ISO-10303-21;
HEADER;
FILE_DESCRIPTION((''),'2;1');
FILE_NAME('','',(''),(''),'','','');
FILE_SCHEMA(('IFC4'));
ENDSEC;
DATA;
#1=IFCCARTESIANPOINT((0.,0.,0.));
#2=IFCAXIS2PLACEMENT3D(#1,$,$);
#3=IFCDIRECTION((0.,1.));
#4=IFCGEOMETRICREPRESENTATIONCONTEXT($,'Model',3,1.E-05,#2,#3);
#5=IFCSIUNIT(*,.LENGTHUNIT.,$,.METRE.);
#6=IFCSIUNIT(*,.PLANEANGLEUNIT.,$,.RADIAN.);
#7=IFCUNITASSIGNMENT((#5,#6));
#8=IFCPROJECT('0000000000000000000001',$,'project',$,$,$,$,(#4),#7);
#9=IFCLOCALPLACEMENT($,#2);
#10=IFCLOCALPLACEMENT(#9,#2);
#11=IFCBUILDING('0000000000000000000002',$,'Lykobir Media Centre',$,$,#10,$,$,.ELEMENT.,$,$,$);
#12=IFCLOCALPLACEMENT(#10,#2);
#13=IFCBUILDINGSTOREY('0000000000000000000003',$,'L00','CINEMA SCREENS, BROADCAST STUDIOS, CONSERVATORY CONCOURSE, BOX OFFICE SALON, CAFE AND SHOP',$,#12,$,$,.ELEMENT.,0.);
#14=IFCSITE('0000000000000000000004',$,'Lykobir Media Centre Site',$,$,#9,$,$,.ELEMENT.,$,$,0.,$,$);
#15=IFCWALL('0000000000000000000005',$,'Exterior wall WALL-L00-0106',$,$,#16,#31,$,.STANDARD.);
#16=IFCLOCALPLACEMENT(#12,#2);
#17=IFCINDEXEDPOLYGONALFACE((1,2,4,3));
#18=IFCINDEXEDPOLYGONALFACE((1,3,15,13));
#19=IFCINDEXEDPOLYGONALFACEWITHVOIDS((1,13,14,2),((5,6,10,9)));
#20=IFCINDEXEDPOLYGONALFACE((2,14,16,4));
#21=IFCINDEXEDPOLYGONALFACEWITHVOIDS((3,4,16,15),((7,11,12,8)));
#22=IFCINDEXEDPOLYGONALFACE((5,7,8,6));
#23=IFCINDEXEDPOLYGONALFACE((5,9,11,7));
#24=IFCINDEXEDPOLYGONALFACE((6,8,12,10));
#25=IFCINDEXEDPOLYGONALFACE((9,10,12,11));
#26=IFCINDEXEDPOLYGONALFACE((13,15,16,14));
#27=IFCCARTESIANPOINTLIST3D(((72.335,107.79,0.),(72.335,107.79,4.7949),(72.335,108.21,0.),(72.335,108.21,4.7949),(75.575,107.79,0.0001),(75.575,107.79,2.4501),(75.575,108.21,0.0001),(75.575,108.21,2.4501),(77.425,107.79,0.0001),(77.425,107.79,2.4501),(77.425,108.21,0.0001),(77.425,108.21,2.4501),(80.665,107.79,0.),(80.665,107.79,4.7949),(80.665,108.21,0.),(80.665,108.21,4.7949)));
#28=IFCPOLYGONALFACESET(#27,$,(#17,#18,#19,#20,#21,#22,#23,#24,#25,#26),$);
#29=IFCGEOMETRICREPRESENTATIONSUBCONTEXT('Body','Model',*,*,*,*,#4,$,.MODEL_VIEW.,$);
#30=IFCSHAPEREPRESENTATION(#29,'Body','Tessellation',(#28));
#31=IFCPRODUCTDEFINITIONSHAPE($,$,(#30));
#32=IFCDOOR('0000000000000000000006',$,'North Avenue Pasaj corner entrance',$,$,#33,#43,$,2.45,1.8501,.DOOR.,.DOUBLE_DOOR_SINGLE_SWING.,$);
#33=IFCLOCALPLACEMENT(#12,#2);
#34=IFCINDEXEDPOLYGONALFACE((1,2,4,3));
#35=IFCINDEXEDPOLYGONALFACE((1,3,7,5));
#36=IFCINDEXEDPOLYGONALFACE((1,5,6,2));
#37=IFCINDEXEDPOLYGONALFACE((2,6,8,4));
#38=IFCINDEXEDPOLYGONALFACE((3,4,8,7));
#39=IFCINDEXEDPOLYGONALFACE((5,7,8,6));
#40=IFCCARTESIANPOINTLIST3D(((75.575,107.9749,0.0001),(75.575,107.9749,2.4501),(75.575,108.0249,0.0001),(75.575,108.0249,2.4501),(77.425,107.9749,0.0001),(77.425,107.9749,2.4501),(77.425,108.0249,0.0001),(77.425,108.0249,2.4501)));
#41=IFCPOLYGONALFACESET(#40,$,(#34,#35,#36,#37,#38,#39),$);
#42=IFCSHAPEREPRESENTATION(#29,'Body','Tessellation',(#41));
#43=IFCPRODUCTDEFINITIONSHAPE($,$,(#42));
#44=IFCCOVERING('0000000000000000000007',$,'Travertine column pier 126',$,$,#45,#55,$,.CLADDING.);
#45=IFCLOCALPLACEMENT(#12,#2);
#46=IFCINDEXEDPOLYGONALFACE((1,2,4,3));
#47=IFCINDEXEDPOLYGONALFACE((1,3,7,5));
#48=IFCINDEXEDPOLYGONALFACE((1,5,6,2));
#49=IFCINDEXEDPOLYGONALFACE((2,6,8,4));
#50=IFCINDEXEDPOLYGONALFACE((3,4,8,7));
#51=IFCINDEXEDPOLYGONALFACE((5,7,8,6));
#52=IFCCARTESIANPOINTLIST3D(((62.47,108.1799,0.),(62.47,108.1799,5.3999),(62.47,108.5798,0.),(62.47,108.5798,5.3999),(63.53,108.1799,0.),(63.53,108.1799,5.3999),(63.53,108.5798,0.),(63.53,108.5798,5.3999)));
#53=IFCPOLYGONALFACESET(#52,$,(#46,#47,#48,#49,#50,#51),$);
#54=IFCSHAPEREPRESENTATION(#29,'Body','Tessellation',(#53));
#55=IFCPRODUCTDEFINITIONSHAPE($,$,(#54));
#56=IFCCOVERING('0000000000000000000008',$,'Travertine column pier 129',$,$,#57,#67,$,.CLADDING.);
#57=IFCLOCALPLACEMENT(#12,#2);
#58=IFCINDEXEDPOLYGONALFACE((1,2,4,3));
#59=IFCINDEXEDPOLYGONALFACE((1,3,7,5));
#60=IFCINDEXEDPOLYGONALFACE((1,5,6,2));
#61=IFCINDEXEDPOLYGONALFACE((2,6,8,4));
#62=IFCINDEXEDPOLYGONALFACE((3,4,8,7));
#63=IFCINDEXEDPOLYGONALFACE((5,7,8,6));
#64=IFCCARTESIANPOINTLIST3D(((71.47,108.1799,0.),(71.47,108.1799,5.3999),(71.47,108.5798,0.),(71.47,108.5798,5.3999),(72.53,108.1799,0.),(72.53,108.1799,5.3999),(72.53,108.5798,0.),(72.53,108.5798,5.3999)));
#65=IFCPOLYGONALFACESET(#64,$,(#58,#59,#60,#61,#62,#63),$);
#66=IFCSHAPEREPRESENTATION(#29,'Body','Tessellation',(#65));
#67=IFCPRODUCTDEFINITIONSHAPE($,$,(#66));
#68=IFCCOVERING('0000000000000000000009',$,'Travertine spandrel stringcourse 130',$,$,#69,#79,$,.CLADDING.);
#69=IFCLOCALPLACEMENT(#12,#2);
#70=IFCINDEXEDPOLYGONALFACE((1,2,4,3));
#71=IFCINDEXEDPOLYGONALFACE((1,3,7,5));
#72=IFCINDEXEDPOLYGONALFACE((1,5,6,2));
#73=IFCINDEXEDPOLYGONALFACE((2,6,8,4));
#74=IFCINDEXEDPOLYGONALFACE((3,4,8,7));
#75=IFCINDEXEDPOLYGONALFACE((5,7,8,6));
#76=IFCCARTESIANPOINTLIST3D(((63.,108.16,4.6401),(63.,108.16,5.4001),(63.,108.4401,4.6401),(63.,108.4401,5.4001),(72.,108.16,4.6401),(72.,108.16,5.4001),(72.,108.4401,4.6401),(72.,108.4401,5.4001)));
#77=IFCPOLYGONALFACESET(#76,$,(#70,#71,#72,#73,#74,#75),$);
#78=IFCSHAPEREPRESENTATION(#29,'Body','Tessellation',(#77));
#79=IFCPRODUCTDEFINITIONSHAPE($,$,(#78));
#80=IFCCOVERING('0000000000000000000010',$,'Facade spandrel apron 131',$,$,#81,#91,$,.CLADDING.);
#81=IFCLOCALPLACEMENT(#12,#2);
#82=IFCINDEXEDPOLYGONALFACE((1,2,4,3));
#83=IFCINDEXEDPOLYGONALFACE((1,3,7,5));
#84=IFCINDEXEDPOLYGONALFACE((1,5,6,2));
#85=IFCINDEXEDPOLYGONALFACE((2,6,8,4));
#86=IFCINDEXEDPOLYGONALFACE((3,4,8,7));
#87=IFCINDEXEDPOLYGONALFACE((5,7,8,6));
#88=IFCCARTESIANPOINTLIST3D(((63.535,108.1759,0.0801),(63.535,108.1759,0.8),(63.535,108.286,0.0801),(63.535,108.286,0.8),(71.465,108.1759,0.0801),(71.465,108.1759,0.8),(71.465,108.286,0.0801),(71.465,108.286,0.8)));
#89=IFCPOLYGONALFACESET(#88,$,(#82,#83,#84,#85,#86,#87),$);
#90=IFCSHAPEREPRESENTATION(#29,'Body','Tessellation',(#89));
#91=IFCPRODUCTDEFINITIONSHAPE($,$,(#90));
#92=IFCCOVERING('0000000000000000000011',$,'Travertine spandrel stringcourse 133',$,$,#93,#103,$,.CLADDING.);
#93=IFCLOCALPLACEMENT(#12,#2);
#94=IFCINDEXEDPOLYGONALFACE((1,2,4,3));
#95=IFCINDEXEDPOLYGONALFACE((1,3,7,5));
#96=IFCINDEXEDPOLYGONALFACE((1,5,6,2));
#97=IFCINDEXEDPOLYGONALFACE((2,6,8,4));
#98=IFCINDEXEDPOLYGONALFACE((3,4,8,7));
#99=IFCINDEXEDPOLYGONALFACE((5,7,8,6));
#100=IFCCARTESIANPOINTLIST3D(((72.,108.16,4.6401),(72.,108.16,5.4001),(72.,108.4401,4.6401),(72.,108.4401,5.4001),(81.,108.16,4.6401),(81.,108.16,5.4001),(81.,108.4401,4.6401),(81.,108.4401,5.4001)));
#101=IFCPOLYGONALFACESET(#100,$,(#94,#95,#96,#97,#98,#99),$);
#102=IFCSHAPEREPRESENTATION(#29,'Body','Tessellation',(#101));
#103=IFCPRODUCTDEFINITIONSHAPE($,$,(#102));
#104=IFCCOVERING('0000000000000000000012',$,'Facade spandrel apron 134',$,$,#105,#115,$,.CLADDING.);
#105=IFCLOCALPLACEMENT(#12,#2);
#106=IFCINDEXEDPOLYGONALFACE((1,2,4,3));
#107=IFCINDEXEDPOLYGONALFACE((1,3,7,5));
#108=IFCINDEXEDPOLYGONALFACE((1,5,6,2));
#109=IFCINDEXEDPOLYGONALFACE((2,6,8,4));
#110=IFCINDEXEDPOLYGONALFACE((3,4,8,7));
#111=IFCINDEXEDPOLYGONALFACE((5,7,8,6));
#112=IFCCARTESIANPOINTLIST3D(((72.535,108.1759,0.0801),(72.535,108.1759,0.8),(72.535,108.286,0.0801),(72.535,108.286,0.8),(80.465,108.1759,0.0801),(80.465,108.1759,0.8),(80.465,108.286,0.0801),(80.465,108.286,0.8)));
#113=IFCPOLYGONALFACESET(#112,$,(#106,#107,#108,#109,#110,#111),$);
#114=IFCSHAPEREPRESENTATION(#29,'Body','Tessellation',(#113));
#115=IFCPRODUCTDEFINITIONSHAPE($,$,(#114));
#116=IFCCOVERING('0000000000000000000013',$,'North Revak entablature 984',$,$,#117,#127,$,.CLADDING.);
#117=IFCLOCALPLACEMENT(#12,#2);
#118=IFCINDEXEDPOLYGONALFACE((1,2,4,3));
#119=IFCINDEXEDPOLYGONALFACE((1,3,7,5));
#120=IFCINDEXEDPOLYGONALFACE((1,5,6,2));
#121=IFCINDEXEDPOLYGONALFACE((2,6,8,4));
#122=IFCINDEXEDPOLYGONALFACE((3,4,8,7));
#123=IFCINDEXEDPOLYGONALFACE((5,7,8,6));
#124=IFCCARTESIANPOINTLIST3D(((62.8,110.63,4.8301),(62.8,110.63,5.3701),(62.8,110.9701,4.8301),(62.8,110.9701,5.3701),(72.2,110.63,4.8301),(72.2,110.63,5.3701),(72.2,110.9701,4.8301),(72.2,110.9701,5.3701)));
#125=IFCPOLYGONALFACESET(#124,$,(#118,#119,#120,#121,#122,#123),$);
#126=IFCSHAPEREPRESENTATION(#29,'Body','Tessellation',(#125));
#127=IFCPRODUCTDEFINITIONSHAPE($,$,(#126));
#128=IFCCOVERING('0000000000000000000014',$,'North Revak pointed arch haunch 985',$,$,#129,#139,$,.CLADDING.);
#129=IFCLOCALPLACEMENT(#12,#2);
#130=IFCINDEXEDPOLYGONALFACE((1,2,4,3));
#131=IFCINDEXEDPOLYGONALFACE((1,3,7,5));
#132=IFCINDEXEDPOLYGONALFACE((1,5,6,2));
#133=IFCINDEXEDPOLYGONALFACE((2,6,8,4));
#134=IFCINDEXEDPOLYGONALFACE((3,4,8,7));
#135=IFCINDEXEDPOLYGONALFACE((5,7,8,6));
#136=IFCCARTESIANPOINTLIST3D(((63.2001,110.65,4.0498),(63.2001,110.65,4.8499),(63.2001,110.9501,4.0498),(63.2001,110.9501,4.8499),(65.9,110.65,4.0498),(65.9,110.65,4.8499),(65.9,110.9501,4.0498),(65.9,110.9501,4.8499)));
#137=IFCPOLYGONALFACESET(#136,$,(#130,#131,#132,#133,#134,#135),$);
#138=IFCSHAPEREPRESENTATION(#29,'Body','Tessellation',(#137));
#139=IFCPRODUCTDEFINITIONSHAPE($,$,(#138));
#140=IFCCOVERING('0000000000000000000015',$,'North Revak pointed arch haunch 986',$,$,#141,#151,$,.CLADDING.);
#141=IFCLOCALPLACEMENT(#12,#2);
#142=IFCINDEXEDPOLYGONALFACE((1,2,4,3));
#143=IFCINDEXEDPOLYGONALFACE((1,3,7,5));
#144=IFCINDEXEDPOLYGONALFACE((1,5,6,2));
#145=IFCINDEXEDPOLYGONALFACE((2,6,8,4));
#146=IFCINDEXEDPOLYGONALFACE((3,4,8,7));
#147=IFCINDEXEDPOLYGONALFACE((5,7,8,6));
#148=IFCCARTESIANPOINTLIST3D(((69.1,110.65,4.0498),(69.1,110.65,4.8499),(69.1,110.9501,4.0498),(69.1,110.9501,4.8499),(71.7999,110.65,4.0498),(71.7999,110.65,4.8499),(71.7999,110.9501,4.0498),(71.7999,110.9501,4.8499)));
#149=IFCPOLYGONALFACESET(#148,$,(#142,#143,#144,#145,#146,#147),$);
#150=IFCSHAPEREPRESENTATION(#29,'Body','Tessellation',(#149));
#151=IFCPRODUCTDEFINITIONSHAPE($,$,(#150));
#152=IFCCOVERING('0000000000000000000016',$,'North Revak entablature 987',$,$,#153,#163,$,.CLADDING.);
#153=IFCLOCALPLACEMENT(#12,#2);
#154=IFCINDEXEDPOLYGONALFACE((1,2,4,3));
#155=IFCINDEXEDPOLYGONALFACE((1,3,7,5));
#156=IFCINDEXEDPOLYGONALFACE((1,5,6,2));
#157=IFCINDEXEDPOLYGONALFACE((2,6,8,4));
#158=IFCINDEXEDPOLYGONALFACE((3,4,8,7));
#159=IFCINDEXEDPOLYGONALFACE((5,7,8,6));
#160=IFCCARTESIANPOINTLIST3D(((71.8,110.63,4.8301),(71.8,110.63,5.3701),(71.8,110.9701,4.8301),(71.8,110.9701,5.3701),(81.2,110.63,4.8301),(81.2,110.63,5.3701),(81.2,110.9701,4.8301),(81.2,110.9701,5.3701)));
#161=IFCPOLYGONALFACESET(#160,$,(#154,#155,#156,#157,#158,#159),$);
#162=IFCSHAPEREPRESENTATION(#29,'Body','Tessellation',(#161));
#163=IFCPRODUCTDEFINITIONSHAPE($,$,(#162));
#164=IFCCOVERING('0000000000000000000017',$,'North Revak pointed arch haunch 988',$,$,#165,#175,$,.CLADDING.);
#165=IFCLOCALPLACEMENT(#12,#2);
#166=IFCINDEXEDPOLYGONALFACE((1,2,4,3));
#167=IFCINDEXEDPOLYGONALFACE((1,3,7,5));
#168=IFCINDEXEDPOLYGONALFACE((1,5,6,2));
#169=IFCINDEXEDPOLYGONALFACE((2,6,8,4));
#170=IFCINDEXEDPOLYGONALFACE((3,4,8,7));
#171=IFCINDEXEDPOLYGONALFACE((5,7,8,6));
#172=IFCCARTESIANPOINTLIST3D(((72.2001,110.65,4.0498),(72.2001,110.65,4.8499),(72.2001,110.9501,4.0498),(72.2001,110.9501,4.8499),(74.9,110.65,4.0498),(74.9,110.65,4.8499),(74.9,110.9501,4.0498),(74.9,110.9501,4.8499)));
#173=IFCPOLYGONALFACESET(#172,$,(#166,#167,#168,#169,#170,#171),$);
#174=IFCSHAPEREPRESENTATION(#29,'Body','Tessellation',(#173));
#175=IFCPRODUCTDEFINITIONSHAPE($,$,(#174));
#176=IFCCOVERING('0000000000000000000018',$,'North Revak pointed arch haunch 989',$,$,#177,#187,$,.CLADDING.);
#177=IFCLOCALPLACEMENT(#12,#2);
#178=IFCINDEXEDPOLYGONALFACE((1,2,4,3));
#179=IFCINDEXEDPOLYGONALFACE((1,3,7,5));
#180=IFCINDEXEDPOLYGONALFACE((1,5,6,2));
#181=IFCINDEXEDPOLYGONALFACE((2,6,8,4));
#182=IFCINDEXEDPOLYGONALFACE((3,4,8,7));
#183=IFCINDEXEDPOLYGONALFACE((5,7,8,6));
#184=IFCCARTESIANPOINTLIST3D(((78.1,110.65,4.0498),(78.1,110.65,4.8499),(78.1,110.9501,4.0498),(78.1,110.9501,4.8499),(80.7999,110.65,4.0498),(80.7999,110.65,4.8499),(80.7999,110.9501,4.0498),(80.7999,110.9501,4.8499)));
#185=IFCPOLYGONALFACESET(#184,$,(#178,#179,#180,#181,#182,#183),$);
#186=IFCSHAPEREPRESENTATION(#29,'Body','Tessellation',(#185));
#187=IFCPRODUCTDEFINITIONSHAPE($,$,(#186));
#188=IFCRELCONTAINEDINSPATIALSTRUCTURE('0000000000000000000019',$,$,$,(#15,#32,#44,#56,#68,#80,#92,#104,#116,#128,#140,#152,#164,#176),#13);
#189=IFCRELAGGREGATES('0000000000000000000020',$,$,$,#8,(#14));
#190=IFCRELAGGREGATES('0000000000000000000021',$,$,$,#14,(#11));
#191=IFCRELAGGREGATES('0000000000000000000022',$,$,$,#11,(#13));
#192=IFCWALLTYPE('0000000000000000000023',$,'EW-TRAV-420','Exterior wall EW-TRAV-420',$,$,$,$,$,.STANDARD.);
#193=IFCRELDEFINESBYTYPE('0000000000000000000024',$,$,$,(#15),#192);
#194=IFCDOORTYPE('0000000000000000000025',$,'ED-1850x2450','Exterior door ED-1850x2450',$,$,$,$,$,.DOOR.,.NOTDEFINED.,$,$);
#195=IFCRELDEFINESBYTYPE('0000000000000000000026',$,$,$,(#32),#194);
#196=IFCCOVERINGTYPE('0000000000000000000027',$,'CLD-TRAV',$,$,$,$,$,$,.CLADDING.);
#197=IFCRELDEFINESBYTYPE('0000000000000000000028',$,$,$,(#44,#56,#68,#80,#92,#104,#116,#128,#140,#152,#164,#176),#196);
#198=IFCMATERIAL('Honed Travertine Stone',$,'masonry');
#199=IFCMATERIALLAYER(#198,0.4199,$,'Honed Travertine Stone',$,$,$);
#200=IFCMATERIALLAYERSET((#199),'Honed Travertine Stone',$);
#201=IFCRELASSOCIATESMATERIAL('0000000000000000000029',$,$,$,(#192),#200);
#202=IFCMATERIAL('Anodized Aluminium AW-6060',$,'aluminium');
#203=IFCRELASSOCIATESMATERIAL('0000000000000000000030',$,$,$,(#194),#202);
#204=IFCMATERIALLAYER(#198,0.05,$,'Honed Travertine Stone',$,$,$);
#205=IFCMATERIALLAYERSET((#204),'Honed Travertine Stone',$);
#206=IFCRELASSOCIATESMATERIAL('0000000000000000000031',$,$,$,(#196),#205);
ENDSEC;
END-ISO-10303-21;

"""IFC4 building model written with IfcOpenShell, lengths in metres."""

from ifc_helpers import new_model, si_unit, direction, frame, frame_2d, origin, origin_2d, place, context, subcontext, project, spatial, rectangle, extrude, material, layer, layer_set, type_object, element, fill, save


model = new_model("IFC4")

# Units and contexts
model_context = context("Model", 3, precision=1e-05, world=origin(), true_north=direction((0.0, 1.0)))
body_context = subcontext(model_context, "Body", "Model", "MODEL_VIEW")
ifc_project = project(units=[si_unit("LENGTHUNIT", "METRE"), si_unit("PLANEANGLEUNIT", "RADIAN")], contexts=[model_context])

# Site, building, storey
site_placement = place(None, origin())
site = spatial("IfcSite", under=ifc_project, at=site_placement, Name="Lykobir Media Centre Site", CompositionType="ELEMENT", RefElevation=0.0)
building_placement = place(site_placement, origin())
building = spatial("IfcBuilding", under=site, at=building_placement, Name="Lykobir Media Centre", CompositionType="ELEMENT")
storey_placement = place(building_placement, origin())
storey = spatial("IfcBuildingStorey", under=building, at=storey_placement, Name="L00", Description="CINEMA SCREENS, BROADCAST STUDIOS, CONSERVATORY CONCOURSE, BOX OFFICE SALON, CAFE AND SHOP", CompositionType="ELEMENT", Elevation=0.0)

# Shared definitions
ifc_material_1 = material(Name="Honed Travertine Stone", Category="masonry")

# Shared definitions
ifc_layer_1 = layer(ifc_material_1, 0.4199, Name="Honed Travertine Stone")
ifc_layer_set_1 = layer_set([ifc_layer_1], Name="Honed Travertine Stone")
wall_type = type_object("IfcWallType", Name="EW-TRAV-420", Description="Exterior wall EW-TRAV-420", PredefinedType="STANDARD", material=ifc_layer_set_1)

# Wall, opening, door
wall_1_placement = place(storey_placement, frame((80.665, 108.0, 0.0), z_axis=(0.0, 0.0, 1.0), x_axis=(-1.0, 0.0, 0.0)))
wall_1 = element("IfcWall", 1, at=wall_1_placement, inside=storey, type_object=wall_type, Name="Exterior wall WALL-L00-0106", PredefinedType="STANDARD", context=body_context, shape_type="SweptSolid", body=[
    extrude(rectangle(XDim=8.3301, YDim=0.4199, at=frame_2d((4.165, 0.0))), origin(), (0.0, 0.0, 1.0), 4.7949),
])
opening_placement = place(wall_1_placement, frame((3.24, 0.0, 0.0)))
opening = element("IfcOpeningElement", 2, at=opening_placement, cuts=wall_1, PredefinedType="OPENING", context=body_context, shape_type="SweptSolid", body=[
    extrude(rectangle(XDim=1.8501, YDim=2.45, at=frame_2d((0.925, 1.2251))), frame((0.0, 0.22, 0.0), z_axis=(0.0, -1.0, 0.0), x_axis=(1.0, 0.0, 0.0)), (0.0, 0.0, 1.0), 0.4399),
])
ifc_material_2 = material(Name="Anodized Aluminium AW-6060", Category="aluminium")
door_type = type_object("IfcDoorType", Name="ED-1850x2450", Description="Exterior door ED-1850x2450", OperationType="NOTDEFINED", PredefinedType="DOOR", material=ifc_material_2)
door_placement = place(opening_placement, frame((1.8501, 0.0, 0.0), z_axis=(0.0, 0.0, 1.0), x_axis=(-1.0, 0.0, 0.0)))
door = element("IfcDoor", 3, at=door_placement, inside=storey, type_object=door_type, Name="North Avenue Pasaj corner entrance", OperationType="DOUBLE_DOOR_SINGLE_SWING", OverallHeight=2.45, OverallWidth=1.8501, PredefinedType="DOOR", context=body_context, shape_type="SweptSolid", body=[
    extrude(rectangle(XDim=1.8501, YDim=2.45, at=frame_2d((0.925, 1.2251))), frame((0.0, 0.0249, 0.0), z_axis=(0.0, -1.0, 0.0), x_axis=(1.0, 0.0, 0.0)), (0.0, 0.0, 1.0), 0.05),
])
fill(opening, door)

# Coverings
ifc_layer_2 = layer(ifc_material_1, 0.05, Name="Honed Travertine Stone")
ifc_layer_set_2 = layer_set([ifc_layer_2], Name="Honed Travertine Stone")
covering_type = type_object("IfcCoveringType", Name="CLD-TRAV", PredefinedType="CLADDING", material=ifc_layer_set_2)
for number, where, z_axis, x_axis, name in (
    (4, (63.0, 108.3799, 0.0), (0.0, 0.0, 1.0), (-1.0, 0.0, 0.0), "Travertine column pier 126"),
    (5, (72.0, 108.3799, 0.0), (0.0, 0.0, 1.0), (-1.0, 0.0, 0.0), "Travertine column pier 129"),
):
    element("IfcCovering", number, at=place(storey_placement, frame(where, z_axis=z_axis, x_axis=x_axis)), inside=storey, type_object=covering_type, Name=name, PredefinedType="CLADDING", context=body_context, shape_type="SweptSolid", body=[
        extrude(rectangle(XDim=1.0601, YDim=0.3999, at=origin_2d()), origin(), (0.0, 0.0, 1.0), 5.3999),
    ])
covering_1_placement = place(storey_placement, frame((67.5, 108.3, 4.6401), z_axis=(0.0, 0.0, 1.0), x_axis=(-1.0, 0.0, 0.0)))
element("IfcCovering", 6, at=covering_1_placement, inside=storey, type_object=covering_type, Name="Travertine spandrel stringcourse 130", PredefinedType="CLADDING", context=body_context, shape_type="SweptSolid", body=[
    extrude(rectangle(XDim=9.0, YDim=0.28, at=origin_2d()), origin(), (0.0, 0.0, 1.0), 0.76),
])
covering_2_placement = place(storey_placement, frame((67.5, 108.231, 0.0801), z_axis=(0.0, 0.0, 1.0), x_axis=(-1.0, 0.0, 0.0)))
element("IfcCovering", 7, at=covering_2_placement, inside=storey, type_object=covering_type, Name="Facade spandrel apron 131", PredefinedType="CLADDING", context=body_context, shape_type="SweptSolid", body=[
    extrude(rectangle(XDim=7.9299, YDim=0.1101, at=origin_2d()), origin(), (0.0, 0.0, 1.0), 0.72),
])
covering_3_placement = place(storey_placement, frame((76.5, 108.3, 4.6401), z_axis=(0.0, 0.0, 1.0), x_axis=(-1.0, 0.0, 0.0)))
element("IfcCovering", 8, at=covering_3_placement, inside=storey, type_object=covering_type, Name="Travertine spandrel stringcourse 133", PredefinedType="CLADDING", context=body_context, shape_type="SweptSolid", body=[
    extrude(rectangle(XDim=9.0, YDim=0.28, at=origin_2d()), origin(), (0.0, 0.0, 1.0), 0.76),
])
covering_4_placement = place(storey_placement, frame((76.5, 108.231, 0.0801), z_axis=(0.0, 0.0, 1.0), x_axis=(-1.0, 0.0, 0.0)))
element("IfcCovering", 9, at=covering_4_placement, inside=storey, type_object=covering_type, Name="Facade spandrel apron 134", PredefinedType="CLADDING", context=body_context, shape_type="SweptSolid", body=[
    extrude(rectangle(XDim=7.9299, YDim=0.1101, at=origin_2d()), origin(), (0.0, 0.0, 1.0), 0.72),
])
covering_5_placement = place(storey_placement, frame((67.5, 110.8, 4.8301), z_axis=(0.0, 0.0, 1.0), x_axis=(1.0, 0.0, 0.0)))
element("IfcCovering", 10, at=covering_5_placement, inside=storey, type_object=covering_type, Name="North Revak entablature 984", PredefinedType="CLADDING", context=body_context, shape_type="SweptSolid", body=[
    extrude(rectangle(XDim=9.3999, YDim=0.3401, at=origin_2d()), origin(), (0.0, 0.0, 1.0), 0.54),
])
for number, where, z_axis, x_axis, name in (
    (11, (64.55, 110.8, 4.0498), (0.0, 0.0, 1.0), (1.0, 0.0, 0.0), "North Revak pointed arch haunch 985"),
    (12, (70.45, 110.8, 4.0498), (0.0, 0.0, 1.0), (1.0, 0.0, 0.0), "North Revak pointed arch haunch 986"),
):
    element("IfcCovering", number, at=place(storey_placement, frame(where, z_axis=z_axis, x_axis=x_axis)), inside=storey, type_object=covering_type, Name=name, PredefinedType="CLADDING", context=body_context, shape_type="SweptSolid", body=[
        extrude(rectangle(XDim=2.7, YDim=0.3, at=origin_2d()), origin(), (0.0, 0.0, 1.0), 0.8),
    ])
covering_6_placement = place(storey_placement, frame((76.5, 110.8, 4.8301), z_axis=(0.0, 0.0, 1.0), x_axis=(1.0, 0.0, 0.0)))
element("IfcCovering", 13, at=covering_6_placement, inside=storey, type_object=covering_type, Name="North Revak entablature 987", PredefinedType="CLADDING", context=body_context, shape_type="SweptSolid", body=[
    extrude(rectangle(XDim=9.3999, YDim=0.3401, at=origin_2d()), origin(), (0.0, 0.0, 1.0), 0.54),
])
for number, where, z_axis, x_axis, name in (
    (14, (73.55, 110.8, 4.0498), (0.0, 0.0, 1.0), (1.0, 0.0, 0.0), "North Revak pointed arch haunch 988"),
    (15, (79.45, 110.8, 4.0498), (0.0, 0.0, 1.0), (1.0, 0.0, 0.0), "North Revak pointed arch haunch 989"),
):
    element("IfcCovering", number, at=place(storey_placement, frame(where, z_axis=z_axis, x_axis=x_axis)), inside=storey, type_object=covering_type, Name=name, PredefinedType="CLADDING", context=body_context, shape_type="SweptSolid", body=[
        extrude(rectangle(XDim=2.7, YDim=0.3, at=origin_2d()), origin(), (0.0, 0.0, 1.0), 0.8),
    ])

save(model, "model.ifc")
